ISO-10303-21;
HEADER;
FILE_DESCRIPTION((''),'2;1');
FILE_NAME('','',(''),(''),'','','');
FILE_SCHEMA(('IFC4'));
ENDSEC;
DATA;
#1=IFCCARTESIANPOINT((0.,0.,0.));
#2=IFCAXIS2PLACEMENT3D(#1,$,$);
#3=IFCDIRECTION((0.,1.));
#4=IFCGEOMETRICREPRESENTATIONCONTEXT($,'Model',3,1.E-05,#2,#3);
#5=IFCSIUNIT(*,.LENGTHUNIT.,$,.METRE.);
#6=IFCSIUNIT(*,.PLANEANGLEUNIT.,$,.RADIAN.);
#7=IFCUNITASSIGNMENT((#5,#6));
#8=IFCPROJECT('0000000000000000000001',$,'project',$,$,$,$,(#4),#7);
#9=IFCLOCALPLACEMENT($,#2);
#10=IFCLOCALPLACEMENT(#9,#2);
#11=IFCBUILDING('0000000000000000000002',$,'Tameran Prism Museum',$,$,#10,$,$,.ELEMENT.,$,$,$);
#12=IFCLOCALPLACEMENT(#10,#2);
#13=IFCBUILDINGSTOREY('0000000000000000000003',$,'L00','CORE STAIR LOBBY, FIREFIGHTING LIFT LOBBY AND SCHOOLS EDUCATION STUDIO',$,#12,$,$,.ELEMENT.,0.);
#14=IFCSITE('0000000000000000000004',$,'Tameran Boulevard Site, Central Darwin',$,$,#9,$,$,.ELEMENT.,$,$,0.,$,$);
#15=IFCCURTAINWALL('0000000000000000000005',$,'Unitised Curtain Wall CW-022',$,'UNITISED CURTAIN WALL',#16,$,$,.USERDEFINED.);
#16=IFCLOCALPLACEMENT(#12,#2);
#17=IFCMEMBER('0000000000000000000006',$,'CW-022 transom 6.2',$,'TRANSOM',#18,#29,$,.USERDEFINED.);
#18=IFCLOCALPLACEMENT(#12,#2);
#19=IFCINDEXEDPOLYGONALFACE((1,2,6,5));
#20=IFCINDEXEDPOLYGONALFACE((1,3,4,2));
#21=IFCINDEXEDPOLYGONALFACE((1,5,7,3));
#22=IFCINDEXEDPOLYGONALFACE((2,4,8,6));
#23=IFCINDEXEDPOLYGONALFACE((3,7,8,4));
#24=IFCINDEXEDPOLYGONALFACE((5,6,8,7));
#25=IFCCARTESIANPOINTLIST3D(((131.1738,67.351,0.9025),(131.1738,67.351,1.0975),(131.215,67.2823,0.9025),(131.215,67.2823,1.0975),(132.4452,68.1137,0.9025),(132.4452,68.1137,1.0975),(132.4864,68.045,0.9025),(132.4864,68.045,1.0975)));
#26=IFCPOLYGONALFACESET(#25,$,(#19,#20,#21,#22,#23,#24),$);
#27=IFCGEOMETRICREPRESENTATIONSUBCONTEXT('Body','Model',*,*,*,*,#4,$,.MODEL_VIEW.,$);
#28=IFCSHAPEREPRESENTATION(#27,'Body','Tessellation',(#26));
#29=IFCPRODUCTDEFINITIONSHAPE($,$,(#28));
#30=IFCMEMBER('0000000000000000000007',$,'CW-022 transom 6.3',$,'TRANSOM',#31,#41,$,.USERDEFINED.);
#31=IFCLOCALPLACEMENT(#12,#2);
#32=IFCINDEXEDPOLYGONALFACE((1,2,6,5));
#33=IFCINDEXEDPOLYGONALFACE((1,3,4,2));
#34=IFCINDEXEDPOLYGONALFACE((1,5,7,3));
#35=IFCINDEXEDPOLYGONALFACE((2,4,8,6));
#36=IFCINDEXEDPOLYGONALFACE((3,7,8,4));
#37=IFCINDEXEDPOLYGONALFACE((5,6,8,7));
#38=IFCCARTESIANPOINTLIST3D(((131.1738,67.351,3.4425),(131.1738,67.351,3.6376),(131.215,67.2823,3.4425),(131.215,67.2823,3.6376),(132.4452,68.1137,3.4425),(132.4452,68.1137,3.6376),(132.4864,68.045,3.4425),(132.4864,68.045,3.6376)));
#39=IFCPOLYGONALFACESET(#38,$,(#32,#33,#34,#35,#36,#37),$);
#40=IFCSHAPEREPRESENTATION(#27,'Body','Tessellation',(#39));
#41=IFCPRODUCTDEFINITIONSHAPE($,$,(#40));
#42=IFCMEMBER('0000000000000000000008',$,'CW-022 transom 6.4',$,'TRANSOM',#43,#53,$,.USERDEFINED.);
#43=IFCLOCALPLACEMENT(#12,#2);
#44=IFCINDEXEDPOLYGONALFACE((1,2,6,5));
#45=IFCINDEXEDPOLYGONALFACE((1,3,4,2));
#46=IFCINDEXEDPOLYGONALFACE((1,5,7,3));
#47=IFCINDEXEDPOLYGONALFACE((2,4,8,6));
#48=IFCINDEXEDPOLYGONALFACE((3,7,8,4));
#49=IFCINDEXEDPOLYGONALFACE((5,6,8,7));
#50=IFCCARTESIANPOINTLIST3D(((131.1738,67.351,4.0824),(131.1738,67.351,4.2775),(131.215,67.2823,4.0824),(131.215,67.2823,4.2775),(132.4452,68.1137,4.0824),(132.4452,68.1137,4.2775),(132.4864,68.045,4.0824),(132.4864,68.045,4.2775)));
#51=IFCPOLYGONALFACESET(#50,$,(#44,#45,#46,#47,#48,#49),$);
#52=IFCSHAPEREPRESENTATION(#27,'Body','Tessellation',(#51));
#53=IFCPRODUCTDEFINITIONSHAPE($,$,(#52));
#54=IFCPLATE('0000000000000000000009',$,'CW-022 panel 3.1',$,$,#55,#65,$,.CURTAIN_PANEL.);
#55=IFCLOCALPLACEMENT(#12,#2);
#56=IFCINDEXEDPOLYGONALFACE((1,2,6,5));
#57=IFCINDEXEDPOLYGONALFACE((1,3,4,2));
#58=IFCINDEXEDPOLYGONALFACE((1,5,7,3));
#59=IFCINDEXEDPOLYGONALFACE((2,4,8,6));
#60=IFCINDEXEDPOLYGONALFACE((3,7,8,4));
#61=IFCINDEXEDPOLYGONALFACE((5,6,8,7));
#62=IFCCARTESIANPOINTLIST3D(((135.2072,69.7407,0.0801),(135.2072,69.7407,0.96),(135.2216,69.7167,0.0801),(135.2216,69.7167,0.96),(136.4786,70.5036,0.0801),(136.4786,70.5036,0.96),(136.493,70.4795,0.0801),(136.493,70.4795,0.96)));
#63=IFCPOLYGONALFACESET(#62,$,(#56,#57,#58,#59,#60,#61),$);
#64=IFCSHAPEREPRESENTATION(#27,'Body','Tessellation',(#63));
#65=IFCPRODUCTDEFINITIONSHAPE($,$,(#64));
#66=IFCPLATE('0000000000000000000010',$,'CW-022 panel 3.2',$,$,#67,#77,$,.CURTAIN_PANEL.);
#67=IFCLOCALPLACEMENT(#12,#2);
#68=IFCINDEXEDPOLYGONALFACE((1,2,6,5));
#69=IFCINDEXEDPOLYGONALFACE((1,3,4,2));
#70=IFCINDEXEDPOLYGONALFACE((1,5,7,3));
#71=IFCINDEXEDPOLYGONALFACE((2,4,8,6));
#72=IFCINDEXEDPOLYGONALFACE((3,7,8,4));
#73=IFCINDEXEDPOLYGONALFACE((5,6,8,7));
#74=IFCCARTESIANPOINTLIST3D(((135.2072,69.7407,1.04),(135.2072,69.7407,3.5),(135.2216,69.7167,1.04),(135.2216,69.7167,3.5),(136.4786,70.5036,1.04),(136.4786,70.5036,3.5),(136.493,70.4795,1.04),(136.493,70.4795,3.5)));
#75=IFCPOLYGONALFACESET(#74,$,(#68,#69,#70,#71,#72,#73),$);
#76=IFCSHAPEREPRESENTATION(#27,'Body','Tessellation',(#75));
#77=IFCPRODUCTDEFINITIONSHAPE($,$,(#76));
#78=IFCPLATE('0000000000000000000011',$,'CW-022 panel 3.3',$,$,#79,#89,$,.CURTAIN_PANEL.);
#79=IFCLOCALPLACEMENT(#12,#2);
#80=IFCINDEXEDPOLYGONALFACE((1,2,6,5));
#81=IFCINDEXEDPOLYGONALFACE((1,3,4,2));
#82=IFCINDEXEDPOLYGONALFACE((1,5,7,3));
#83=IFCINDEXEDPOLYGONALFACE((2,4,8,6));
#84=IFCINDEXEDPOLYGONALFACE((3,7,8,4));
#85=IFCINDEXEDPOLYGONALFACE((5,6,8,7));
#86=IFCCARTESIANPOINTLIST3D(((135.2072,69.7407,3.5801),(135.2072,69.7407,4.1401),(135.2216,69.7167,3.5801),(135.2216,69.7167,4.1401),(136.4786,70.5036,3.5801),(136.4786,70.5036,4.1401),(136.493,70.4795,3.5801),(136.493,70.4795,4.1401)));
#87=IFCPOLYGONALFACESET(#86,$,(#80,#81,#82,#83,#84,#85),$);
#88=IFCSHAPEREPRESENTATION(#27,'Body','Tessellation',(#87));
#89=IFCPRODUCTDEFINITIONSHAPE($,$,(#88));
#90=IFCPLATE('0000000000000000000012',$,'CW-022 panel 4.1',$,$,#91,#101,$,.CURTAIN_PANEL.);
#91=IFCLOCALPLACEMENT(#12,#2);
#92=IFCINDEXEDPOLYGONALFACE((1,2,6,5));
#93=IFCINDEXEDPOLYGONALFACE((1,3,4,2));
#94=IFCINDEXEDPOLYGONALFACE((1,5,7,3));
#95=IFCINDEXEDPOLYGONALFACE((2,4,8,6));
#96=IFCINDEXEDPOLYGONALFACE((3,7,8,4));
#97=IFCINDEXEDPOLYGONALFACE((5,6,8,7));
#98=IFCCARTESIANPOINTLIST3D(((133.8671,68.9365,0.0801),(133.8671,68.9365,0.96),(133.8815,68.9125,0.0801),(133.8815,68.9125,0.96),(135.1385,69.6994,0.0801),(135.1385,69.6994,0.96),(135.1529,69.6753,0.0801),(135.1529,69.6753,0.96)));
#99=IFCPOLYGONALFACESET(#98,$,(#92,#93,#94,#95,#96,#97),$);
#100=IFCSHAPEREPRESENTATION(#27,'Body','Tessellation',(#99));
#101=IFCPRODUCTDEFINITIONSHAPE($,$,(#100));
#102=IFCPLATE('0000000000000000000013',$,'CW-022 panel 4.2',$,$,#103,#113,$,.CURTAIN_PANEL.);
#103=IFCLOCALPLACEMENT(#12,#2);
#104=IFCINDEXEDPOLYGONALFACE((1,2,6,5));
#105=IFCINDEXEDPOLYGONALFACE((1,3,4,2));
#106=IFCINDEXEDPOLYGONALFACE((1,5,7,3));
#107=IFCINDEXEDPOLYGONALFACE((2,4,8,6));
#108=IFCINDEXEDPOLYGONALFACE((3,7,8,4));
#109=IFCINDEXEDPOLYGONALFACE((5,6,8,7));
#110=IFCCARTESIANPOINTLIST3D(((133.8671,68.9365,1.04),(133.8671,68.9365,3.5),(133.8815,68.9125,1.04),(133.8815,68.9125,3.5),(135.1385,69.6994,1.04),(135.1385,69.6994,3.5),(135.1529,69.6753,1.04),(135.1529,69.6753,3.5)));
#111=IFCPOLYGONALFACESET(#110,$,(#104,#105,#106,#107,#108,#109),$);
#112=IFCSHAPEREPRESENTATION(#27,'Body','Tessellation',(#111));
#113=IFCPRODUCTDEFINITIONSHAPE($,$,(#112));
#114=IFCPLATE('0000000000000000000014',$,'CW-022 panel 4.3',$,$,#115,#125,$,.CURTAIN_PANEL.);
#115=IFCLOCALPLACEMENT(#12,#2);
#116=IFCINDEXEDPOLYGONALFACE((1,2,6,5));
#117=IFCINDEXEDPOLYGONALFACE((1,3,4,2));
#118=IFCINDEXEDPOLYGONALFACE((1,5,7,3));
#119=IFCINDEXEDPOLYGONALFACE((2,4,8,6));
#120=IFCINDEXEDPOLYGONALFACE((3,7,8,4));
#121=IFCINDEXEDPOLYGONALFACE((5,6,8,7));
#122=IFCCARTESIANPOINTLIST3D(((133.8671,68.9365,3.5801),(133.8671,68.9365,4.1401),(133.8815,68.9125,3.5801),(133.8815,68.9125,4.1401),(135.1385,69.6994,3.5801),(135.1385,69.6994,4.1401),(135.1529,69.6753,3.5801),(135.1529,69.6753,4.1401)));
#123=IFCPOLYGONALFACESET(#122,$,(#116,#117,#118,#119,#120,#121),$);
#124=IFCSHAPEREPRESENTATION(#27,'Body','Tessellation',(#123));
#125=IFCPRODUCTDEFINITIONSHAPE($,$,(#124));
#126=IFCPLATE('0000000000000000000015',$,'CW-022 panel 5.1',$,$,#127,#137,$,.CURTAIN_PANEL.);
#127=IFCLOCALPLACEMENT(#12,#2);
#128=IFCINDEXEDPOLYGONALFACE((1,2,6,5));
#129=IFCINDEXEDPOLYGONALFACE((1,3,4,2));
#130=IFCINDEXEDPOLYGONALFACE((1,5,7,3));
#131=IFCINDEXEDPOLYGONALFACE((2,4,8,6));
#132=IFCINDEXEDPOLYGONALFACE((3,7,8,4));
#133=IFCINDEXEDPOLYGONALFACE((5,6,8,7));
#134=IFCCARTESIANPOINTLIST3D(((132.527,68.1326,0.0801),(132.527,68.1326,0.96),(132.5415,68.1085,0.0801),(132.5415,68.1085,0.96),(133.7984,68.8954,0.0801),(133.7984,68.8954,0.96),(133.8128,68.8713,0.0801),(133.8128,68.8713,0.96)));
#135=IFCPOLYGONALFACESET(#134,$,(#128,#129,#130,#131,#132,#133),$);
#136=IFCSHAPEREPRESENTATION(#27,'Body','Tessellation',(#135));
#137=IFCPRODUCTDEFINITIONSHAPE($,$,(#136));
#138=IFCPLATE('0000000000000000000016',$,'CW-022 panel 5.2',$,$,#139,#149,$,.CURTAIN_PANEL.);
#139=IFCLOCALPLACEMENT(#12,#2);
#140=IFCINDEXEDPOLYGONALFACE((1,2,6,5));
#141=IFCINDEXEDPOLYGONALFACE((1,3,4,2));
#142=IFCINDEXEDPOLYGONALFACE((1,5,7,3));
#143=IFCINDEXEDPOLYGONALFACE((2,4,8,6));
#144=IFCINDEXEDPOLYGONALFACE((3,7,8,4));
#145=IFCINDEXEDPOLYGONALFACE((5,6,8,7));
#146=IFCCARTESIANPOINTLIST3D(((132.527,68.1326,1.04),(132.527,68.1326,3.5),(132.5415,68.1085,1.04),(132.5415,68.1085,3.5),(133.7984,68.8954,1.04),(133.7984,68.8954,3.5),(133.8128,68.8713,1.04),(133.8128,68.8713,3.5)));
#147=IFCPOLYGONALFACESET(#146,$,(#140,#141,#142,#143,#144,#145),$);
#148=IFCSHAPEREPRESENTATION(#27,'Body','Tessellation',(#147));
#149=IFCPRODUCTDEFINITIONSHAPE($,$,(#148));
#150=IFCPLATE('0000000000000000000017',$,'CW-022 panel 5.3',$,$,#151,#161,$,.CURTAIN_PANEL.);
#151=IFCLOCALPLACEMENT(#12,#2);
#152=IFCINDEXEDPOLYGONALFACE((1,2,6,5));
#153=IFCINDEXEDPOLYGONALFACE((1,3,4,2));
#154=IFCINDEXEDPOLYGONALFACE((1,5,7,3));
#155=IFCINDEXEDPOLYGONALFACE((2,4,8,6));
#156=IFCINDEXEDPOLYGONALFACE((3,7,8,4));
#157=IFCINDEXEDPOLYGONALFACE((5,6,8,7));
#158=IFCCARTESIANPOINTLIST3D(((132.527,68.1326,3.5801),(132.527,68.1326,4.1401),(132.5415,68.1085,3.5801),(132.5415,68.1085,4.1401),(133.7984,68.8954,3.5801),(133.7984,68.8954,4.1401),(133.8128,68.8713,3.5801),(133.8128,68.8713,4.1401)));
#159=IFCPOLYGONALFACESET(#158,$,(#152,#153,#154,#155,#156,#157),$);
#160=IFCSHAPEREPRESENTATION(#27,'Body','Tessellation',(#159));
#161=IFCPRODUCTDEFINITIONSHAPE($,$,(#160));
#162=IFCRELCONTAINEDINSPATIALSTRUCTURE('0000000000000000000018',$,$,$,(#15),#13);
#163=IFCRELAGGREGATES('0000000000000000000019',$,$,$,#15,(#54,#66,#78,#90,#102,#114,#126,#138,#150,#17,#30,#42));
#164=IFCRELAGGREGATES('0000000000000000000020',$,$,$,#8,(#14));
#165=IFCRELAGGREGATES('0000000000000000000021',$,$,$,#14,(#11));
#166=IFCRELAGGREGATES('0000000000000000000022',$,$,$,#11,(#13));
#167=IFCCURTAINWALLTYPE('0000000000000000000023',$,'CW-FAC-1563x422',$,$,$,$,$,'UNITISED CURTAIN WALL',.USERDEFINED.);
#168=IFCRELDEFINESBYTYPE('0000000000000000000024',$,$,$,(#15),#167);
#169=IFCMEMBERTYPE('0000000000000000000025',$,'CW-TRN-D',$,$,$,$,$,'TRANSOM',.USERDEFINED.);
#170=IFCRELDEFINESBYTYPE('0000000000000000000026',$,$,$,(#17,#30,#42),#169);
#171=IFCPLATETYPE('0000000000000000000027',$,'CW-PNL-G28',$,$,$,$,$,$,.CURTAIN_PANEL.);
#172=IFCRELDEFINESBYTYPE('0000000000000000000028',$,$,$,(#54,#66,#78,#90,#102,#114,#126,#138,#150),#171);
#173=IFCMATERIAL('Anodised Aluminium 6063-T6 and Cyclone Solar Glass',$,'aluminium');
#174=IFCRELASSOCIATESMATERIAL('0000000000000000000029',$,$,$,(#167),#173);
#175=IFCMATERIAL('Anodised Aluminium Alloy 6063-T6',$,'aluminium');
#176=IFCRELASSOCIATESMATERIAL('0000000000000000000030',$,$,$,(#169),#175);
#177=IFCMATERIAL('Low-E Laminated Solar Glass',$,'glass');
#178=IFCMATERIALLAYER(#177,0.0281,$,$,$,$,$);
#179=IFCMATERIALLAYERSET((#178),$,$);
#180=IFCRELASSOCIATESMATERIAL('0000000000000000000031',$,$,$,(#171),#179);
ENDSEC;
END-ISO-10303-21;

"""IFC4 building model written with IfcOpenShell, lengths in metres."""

from ifc_helpers import new_model, si_unit, direction, frame, origin, origin_2d, place, context, subcontext, project, spatial, rectangle, extrude, material, layer, layer_set, material_profile, profile_set, type_object, element, aggregate, save


model = new_model("IFC4")

# Units and contexts
model_context = context("Model", 3, precision=1e-05, world=origin(), true_north=direction((0.0, 1.0)))
body_context = subcontext(model_context, "Body", "Model", "MODEL_VIEW")
ifc_project = project(units=[si_unit("LENGTHUNIT", "METRE"), si_unit("PLANEANGLEUNIT", "RADIAN")], contexts=[model_context])

# Site, building, storey
site_placement = place(None, origin())
site = spatial("IfcSite", under=ifc_project, at=site_placement, Name="Tameran Boulevard Site, Central Darwin", CompositionType="ELEMENT", RefElevation=0.0)
building_placement = place(site_placement, origin())
building = spatial("IfcBuilding", under=site, at=building_placement, Name="Tameran Prism Museum", CompositionType="ELEMENT")
storey_placement = place(building_placement, origin())
storey = spatial("IfcBuildingStorey", under=building, at=storey_placement, Name="L00", Description="CORE STAIR LOBBY, FIREFIGHTING LIFT LOBBY AND SCHOOLS EDUCATION STUDIO", CompositionType="ELEMENT", Elevation=0.0)

# Curtain wall, members, plates
ifc_material_1 = material(Name="Anodised Aluminium 6063-T6 and Cyclone Solar Glass", Category="aluminium")
curtain_wall_type = type_object("IfcCurtainWallType", Name="CW-FAC-1563x422", ElementType="UNITISED CURTAIN WALL", PredefinedType="USERDEFINED", material=ifc_material_1)
curtain_wall_placement = place(storey_placement, origin())
curtain_wall = element("IfcCurtainWall", 1, at=curtain_wall_placement, inside=storey, type_object=curtain_wall_type, Name="Unitised Curtain Wall CW-022", ObjectType="UNITISED CURTAIN WALL", PredefinedType="USERDEFINED")
ifc_material_2 = material(Name="Anodised Aluminium Alloy 6063-T6", Category="aluminium")
ifc_material_profile_1 = material_profile(ifc_material_2, rectangle(XDim=0.0801, YDim=0.1951, at=origin_2d()))
ifc_profile_set_1 = profile_set([ifc_material_profile_1])
member_type_1 = type_object("IfcMemberType", Name="CW-TRN-D", ElementType="TRANSOM", PredefinedType="USERDEFINED", material=ifc_profile_set_1)
member_1_placement = place(storey_placement, frame((132.4658, 68.0793, 1.0), z_axis=(-0.857551, -0.514399, 0.0), x_axis=(0.514399, -0.857551, 0.0)))
member_1 = element("IfcMember", 2, at=member_1_placement, type_object=member_type_1, Name="CW-022 transom 6.2", ObjectType="TRANSOM", PredefinedType="USERDEFINED", context=body_context, shape_type="SweptSolid", body=[
    extrude(rectangle(XDim=0.0801, YDim=0.1951, at=origin_2d()), origin(), (0.0, 0.0, 1.0), 1.4827),
])
member_2_placement = place(storey_placement, frame((132.4658, 68.0793, 3.54), z_axis=(-0.857551, -0.514399, 0.0), x_axis=(0.514399, -0.857551, 0.0)))
member_2 = element("IfcMember", 3, at=member_2_placement, type_object=member_type_1, Name="CW-022 transom 6.3", ObjectType="TRANSOM", PredefinedType="USERDEFINED", context=body_context, shape_type="SweptSolid", body=[
    extrude(rectangle(XDim=0.0801, YDim=0.1951, at=origin_2d()), origin(), (0.0, 0.0, 1.0), 1.4827),
])
member_3_placement = place(storey_placement, frame((132.4658, 68.0793, 4.1799), z_axis=(-0.857551, -0.514399, 0.0), x_axis=(0.514399, -0.857551, 0.0)))
member_3 = element("IfcMember", 4, at=member_3_placement, type_object=member_type_1, Name="CW-022 transom 6.4", ObjectType="TRANSOM", PredefinedType="USERDEFINED", context=body_context, shape_type="SweptSolid", body=[
    extrude(rectangle(XDim=0.0801, YDim=0.1951, at=origin_2d()), origin(), (0.0, 0.0, 1.0), 1.4827),
])
ifc_material_3 = material(Name="Low-E Laminated Solar Glass", Category="glass")
ifc_layer = layer(ifc_material_3, 0.0281)
ifc_layer_set = layer_set([ifc_layer])
plate_type = type_object("IfcPlateType", Name="CW-PNL-G28", PredefinedType="CURTAIN_PANEL", material=ifc_layer_set)
plate_1_placement = place(storey_placement, frame((135.8501, 70.1101, 0.0801), z_axis=(0.0, 0.0, 1.0), x_axis=(-0.857493, -0.514496, 0.0)))
plate_1 = element("IfcPlate", 5, at=plate_1_placement, type_object=plate_type, Name="CW-022 panel 3.1", PredefinedType="CURTAIN_PANEL", context=body_context, shape_type="SweptSolid", body=[
    extrude(rectangle(XDim=1.4827, YDim=0.0281, at=origin_2d()), origin(), (0.0, 0.0, 1.0), 0.8799),
])
plate_2_placement = place(storey_placement, frame((135.8501, 70.1101, 1.04), z_axis=(0.0, 0.0, 1.0), x_axis=(-0.857493, -0.514496, 0.0)))
plate_2 = element("IfcPlate", 6, at=plate_2_placement, type_object=plate_type, Name="CW-022 panel 3.2", PredefinedType="CURTAIN_PANEL", context=body_context, shape_type="SweptSolid", body=[
    extrude(rectangle(XDim=1.4827, YDim=0.0281, at=origin_2d()), origin(), (0.0, 0.0, 1.0), 2.46),
])
plate_3_placement = place(storey_placement, frame((135.8501, 70.1101, 3.5801), z_axis=(0.0, 0.0, 1.0), x_axis=(-0.857493, -0.514496, 0.0)))
plate_3 = element("IfcPlate", 7, at=plate_3_placement, type_object=plate_type, Name="CW-022 panel 3.3", PredefinedType="CURTAIN_PANEL", context=body_context, shape_type="SweptSolid", body=[
    extrude(rectangle(XDim=1.4827, YDim=0.0281, at=origin_2d()), origin(), (0.0, 0.0, 1.0), 0.5601),
])
plate_4_placement = place(storey_placement, frame((134.51, 69.3059, 0.0801), z_axis=(0.0, 0.0, 1.0), x_axis=(-0.857493, -0.514496, 0.0)))
plate_4 = element("IfcPlate", 8, at=plate_4_placement, type_object=plate_type, Name="CW-022 panel 4.1", PredefinedType="CURTAIN_PANEL", context=body_context, shape_type="SweptSolid", body=[
    extrude(rectangle(XDim=1.4827, YDim=0.0281, at=origin_2d()), origin(), (0.0, 0.0, 1.0), 0.8799),
])
plate_5_placement = place(storey_placement, frame((134.51, 69.3059, 1.04), z_axis=(0.0, 0.0, 1.0), x_axis=(-0.857493, -0.514496, 0.0)))
plate_5 = element("IfcPlate", 9, at=plate_5_placement, type_object=plate_type, Name="CW-022 panel 4.2", PredefinedType="CURTAIN_PANEL", context=body_context, shape_type="SweptSolid", body=[
    extrude(rectangle(XDim=1.4827, YDim=0.0281, at=origin_2d()), origin(), (0.0, 0.0, 1.0), 2.46),
])
plate_6_placement = place(storey_placement, frame((134.51, 69.3059, 3.5801), z_axis=(0.0, 0.0, 1.0), x_axis=(-0.857493, -0.514496, 0.0)))
plate_6 = element("IfcPlate", 10, at=plate_6_placement, type_object=plate_type, Name="CW-022 panel 4.3", PredefinedType="CURTAIN_PANEL", context=body_context, shape_type="SweptSolid", body=[
    extrude(rectangle(XDim=1.4827, YDim=0.0281, at=origin_2d()), origin(), (0.0, 0.0, 1.0), 0.5601),
])
plate_7_placement = place(storey_placement, frame((133.1699, 68.502, 0.0801), z_axis=(0.0, 0.0, 1.0), x_axis=(-0.857493, -0.514496, 0.0)))
plate_7 = element("IfcPlate", 11, at=plate_7_placement, type_object=plate_type, Name="CW-022 panel 5.1", PredefinedType="CURTAIN_PANEL", context=body_context, shape_type="SweptSolid", body=[
    extrude(rectangle(XDim=1.4827, YDim=0.0281, at=origin_2d()), origin(), (0.0, 0.0, 1.0), 0.8799),
])
plate_8_placement = place(storey_placement, frame((133.1699, 68.502, 1.04), z_axis=(0.0, 0.0, 1.0), x_axis=(-0.857493, -0.514496, 0.0)))
plate_8 = element("IfcPlate", 12, at=plate_8_placement, type_object=plate_type, Name="CW-022 panel 5.2", PredefinedType="CURTAIN_PANEL", context=body_context, shape_type="SweptSolid", body=[
    extrude(rectangle(XDim=1.4827, YDim=0.0281, at=origin_2d()), origin(), (0.0, 0.0, 1.0), 2.46),
])
plate_9_placement = place(storey_placement, frame((133.1699, 68.502, 3.5801), z_axis=(0.0, 0.0, 1.0), x_axis=(-0.857493, -0.514496, 0.0)))
plate_9 = element("IfcPlate", 13, at=plate_9_placement, type_object=plate_type, Name="CW-022 panel 5.3", PredefinedType="CURTAIN_PANEL", context=body_context, shape_type="SweptSolid", body=[
    extrude(rectangle(XDim=1.4827, YDim=0.0281, at=origin_2d()), origin(), (0.0, 0.0, 1.0), 0.5601),
])
aggregate(curtain_wall, [plate_1, plate_2, plate_3, plate_4, plate_5, plate_6, plate_7, plate_8, plate_9, member_1, member_2, member_3])

save(model, "model.ifc")
